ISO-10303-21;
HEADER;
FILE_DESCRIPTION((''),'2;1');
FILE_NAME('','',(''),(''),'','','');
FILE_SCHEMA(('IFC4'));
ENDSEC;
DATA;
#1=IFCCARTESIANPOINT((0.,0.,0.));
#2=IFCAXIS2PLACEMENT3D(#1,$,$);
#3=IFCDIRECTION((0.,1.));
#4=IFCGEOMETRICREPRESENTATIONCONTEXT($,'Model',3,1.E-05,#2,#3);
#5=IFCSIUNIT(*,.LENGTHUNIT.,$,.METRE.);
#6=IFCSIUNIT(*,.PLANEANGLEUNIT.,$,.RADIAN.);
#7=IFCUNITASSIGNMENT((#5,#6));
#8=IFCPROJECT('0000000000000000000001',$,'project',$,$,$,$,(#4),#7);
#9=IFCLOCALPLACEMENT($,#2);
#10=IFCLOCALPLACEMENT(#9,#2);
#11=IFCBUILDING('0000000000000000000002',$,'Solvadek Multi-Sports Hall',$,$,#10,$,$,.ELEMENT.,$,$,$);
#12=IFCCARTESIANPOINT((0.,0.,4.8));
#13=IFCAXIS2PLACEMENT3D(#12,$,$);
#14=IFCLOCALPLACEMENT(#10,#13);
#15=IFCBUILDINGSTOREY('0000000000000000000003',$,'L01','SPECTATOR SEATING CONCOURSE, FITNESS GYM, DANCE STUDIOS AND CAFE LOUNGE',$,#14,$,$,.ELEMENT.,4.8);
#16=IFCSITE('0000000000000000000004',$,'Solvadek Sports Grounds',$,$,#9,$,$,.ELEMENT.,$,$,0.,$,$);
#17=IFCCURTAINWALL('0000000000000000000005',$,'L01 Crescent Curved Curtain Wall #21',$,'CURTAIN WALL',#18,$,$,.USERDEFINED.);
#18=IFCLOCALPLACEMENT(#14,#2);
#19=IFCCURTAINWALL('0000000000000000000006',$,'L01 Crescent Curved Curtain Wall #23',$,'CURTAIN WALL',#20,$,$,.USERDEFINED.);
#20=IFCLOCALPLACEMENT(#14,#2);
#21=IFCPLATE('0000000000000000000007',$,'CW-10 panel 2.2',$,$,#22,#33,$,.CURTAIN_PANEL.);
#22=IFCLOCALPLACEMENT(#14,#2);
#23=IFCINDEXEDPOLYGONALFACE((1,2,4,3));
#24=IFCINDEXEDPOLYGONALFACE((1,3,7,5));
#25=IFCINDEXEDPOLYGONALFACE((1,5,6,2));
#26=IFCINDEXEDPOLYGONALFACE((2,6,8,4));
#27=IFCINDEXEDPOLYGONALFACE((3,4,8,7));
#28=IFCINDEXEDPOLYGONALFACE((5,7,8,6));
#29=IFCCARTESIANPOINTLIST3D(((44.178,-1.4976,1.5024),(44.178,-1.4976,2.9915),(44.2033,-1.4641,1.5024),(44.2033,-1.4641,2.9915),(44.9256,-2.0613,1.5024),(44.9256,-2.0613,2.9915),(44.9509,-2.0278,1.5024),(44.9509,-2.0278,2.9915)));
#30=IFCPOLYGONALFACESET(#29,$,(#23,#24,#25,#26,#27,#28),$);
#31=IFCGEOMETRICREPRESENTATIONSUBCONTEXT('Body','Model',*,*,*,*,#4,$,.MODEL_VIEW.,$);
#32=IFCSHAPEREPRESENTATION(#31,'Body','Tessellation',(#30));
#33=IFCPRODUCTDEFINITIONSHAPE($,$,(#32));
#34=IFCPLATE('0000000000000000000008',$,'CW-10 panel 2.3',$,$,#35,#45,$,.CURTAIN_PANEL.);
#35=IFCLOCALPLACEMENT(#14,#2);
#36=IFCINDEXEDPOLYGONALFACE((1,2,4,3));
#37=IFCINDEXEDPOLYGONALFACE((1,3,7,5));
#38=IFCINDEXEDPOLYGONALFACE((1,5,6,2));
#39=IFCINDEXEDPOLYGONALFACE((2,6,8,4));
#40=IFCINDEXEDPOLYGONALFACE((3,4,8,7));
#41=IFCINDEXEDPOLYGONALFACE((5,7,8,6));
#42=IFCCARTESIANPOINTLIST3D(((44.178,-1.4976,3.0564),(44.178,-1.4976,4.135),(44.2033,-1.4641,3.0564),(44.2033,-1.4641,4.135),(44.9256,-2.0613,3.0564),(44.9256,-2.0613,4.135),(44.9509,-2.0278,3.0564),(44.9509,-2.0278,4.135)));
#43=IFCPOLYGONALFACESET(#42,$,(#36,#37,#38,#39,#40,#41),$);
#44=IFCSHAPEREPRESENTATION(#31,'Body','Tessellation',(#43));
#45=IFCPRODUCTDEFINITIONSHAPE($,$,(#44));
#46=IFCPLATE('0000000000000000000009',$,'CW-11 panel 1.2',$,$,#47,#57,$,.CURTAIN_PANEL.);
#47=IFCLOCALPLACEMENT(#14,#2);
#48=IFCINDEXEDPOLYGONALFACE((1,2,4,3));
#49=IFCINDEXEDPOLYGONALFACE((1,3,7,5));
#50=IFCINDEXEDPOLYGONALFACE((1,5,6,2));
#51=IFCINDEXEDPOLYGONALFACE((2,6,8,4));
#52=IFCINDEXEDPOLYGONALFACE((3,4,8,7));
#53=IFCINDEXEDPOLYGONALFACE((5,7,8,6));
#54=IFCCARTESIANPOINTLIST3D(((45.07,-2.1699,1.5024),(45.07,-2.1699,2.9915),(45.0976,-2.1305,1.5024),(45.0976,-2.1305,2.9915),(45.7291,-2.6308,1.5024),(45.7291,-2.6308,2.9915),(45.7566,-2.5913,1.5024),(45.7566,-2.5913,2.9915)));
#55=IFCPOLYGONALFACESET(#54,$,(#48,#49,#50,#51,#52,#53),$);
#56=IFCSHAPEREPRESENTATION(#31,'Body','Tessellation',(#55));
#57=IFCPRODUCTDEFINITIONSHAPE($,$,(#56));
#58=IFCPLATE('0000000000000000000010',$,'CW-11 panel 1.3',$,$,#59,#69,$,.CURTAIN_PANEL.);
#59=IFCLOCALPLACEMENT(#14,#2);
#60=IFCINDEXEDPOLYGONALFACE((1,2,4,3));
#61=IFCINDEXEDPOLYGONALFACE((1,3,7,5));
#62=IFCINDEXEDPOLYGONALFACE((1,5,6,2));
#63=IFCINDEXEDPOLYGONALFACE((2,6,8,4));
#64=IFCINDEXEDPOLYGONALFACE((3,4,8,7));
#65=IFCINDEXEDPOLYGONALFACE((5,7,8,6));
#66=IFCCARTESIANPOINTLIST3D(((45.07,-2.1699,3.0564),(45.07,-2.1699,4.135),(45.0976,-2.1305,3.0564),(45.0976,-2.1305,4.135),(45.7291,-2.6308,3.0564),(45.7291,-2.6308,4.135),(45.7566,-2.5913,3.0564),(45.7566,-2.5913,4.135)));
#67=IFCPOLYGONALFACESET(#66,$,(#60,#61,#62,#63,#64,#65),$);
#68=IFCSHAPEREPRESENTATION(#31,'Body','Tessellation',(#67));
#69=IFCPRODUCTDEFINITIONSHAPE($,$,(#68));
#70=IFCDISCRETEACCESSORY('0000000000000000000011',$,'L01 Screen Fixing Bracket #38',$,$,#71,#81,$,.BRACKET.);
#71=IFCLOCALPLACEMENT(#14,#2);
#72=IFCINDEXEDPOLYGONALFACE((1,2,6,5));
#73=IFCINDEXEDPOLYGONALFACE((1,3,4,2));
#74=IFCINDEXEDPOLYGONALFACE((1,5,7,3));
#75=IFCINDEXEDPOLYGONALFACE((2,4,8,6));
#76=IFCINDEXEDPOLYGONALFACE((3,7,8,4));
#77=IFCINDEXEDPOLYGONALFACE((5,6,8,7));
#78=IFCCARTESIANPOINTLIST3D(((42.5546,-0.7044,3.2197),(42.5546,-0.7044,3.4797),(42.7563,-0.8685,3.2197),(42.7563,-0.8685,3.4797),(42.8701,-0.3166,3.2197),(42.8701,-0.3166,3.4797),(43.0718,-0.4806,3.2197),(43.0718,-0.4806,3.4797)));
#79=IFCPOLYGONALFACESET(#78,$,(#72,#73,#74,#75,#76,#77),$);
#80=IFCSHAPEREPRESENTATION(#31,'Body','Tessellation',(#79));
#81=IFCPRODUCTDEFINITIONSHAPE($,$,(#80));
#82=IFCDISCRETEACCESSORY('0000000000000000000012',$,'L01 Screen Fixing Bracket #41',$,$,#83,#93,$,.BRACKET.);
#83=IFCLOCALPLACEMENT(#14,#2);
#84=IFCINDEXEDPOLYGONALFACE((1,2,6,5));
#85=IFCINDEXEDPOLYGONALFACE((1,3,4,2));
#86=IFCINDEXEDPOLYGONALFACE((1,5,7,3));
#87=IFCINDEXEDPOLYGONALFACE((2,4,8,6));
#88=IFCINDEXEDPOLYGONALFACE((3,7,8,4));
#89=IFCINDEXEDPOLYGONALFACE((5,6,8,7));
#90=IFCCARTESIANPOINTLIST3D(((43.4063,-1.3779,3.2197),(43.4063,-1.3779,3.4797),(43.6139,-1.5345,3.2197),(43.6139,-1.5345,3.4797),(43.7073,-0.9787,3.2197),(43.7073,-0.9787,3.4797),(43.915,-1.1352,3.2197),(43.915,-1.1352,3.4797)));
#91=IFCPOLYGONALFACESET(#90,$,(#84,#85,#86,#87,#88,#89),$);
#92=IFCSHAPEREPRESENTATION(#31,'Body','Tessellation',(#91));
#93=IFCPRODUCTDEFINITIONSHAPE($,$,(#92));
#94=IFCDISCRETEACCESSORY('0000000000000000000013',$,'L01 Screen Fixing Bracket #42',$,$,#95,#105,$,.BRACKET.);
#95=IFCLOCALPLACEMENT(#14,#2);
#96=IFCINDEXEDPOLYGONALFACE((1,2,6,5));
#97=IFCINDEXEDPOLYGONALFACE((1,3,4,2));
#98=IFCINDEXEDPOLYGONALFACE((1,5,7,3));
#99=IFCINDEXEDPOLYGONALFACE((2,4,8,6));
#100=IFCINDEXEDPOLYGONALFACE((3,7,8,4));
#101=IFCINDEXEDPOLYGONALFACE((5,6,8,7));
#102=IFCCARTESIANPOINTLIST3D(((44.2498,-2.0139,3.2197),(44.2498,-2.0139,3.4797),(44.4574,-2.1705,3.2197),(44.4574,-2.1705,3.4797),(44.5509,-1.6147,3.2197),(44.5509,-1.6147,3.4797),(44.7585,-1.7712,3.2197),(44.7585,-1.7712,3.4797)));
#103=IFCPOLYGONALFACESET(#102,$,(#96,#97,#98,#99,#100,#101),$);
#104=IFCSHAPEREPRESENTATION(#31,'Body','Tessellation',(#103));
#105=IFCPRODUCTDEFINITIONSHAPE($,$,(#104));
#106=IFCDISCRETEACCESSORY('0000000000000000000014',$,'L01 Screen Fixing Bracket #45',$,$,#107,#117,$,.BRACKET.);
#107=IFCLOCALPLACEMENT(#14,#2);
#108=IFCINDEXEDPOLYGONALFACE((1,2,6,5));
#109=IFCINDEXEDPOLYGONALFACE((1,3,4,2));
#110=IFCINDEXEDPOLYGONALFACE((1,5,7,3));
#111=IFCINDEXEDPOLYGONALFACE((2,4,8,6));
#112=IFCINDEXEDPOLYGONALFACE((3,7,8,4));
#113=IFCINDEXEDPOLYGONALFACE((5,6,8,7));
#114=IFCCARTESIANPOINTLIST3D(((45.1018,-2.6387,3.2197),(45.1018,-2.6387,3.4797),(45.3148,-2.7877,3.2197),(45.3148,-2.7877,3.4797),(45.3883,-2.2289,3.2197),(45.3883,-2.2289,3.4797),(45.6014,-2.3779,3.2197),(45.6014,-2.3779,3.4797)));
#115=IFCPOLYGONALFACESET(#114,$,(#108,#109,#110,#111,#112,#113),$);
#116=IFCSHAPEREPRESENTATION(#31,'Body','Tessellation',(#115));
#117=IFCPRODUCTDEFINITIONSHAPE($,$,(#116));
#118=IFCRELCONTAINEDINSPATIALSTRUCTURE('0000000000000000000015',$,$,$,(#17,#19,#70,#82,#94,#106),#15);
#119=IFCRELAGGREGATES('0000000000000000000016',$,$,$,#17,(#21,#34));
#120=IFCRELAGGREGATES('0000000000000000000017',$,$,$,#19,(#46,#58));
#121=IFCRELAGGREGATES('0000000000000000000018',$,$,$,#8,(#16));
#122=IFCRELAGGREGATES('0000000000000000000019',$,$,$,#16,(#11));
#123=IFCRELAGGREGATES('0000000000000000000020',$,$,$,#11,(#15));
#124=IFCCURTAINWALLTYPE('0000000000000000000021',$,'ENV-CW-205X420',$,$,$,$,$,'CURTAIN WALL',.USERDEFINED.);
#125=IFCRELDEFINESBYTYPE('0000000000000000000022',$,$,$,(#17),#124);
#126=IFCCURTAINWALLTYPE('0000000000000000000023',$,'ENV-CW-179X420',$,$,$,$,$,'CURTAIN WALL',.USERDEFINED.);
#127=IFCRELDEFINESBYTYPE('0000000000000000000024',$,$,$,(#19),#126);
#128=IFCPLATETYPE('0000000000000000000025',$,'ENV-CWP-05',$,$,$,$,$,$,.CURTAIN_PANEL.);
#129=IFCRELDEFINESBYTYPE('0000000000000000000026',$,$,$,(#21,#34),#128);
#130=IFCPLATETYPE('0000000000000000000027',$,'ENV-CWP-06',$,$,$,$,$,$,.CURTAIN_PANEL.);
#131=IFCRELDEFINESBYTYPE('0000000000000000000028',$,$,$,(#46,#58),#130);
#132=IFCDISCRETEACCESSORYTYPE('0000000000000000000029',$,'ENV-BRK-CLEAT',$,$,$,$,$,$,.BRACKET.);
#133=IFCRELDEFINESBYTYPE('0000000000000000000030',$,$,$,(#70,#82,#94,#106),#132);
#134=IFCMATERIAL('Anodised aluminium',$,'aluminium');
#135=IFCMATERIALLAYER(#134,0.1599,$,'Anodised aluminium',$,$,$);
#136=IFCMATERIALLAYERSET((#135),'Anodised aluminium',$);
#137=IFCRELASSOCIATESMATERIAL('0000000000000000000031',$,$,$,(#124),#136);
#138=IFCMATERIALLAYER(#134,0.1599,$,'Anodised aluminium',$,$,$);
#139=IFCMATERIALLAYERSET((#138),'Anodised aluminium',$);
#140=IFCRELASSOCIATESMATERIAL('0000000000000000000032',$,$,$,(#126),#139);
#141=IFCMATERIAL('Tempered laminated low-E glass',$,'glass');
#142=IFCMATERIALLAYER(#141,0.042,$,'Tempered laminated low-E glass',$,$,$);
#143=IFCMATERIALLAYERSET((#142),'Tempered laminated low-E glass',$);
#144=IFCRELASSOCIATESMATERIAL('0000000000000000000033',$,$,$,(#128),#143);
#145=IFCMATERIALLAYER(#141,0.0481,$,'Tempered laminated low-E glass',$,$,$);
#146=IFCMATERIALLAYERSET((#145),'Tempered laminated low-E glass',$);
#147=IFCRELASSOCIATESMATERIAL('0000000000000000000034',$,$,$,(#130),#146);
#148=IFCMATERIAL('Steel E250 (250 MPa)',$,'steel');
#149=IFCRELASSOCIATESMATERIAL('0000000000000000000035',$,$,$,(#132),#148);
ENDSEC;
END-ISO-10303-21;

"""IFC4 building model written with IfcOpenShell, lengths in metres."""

from ifc_helpers import new_model, si_unit, direction, frame, origin, origin_2d, place, context, subcontext, project, spatial, rectangle, extrude, material, layer, layer_set, type_object, element, aggregate, save


model = new_model("IFC4")

# Units and contexts
model_context = context("Model", 3, precision=1e-05, world=origin(), true_north=direction((0.0, 1.0)))
body_context = subcontext(model_context, "Body", "Model", "MODEL_VIEW")
ifc_project = project(units=[si_unit("LENGTHUNIT", "METRE"), si_unit("PLANEANGLEUNIT", "RADIAN")], contexts=[model_context])

# Site, building, storey
site_placement = place(None, origin())
site = spatial("IfcSite", under=ifc_project, at=site_placement, Name="Solvadek Sports Grounds", CompositionType="ELEMENT", RefElevation=0.0)
building_placement = place(site_placement, origin())
building = spatial("IfcBuilding", under=site, at=building_placement, Name="Solvadek Multi-Sports Hall", CompositionType="ELEMENT")
storey_placement = place(building_placement, frame((0.0, 0.0, 4.8)))
storey = spatial("IfcBuildingStorey", under=building, at=storey_placement, Name="L01", Description="SPECTATOR SEATING CONCOURSE, FITNESS GYM, DANCE STUDIOS AND CAFE LOUNGE", CompositionType="ELEMENT", Elevation=4.8)

# Curtain walls
ifc_material_1 = material(Name="Anodised aluminium", Category="aluminium")
ifc_layer_1 = layer(ifc_material_1, 0.1599, Name="Anodised aluminium")
ifc_layer_set_1 = layer_set([ifc_layer_1], Name="Anodised aluminium")
curtain_wall_type_1 = type_object("IfcCurtainWallType", Name="ENV-CW-205X420", ElementType="CURTAIN WALL", PredefinedType="USERDEFINED", material=ifc_layer_set_1)
curtain_wall_1_placement = place(storey_placement, origin())
curtain_wall_1 = element("IfcCurtainWall", 1, at=curtain_wall_1_placement, inside=storey, type_object=curtain_wall_type_1, Name="L01 Crescent Curved Curtain Wall #21", ObjectType="CURTAIN WALL", PredefinedType="USERDEFINED")
ifc_layer_2 = layer(ifc_material_1, 0.1599, Name="Anodised aluminium")
ifc_layer_set_2 = layer_set([ifc_layer_2], Name="Anodised aluminium")
curtain_wall_type_2 = type_object("IfcCurtainWallType", Name="ENV-CW-179X420", ElementType="CURTAIN WALL", PredefinedType="USERDEFINED", material=ifc_layer_set_2)
curtain_wall_2_placement = place(storey_placement, origin())
curtain_wall_2 = element("IfcCurtainWall", 2, at=curtain_wall_2_placement, inside=storey, type_object=curtain_wall_type_2, Name="L01 Crescent Curved Curtain Wall #23", ObjectType="CURTAIN WALL", PredefinedType="USERDEFINED")

# Plates
ifc_material_2 = material(Name="Tempered laminated low-E glass", Category="glass")
ifc_layer_3 = layer(ifc_material_2, 0.042, Name="Tempered laminated low-E glass")
ifc_layer_set_3 = layer_set([ifc_layer_3], Name="Tempered laminated low-E glass")
plate_type_1 = type_object("IfcPlateType", Name="ENV-CWP-05", PredefinedType="CURTAIN_PANEL", material=ifc_layer_set_3)
plate_1_placement = place(storey_placement, frame((44.5645, -1.7627, 1.5024), z_axis=(0.0, 0.0, 1.0), x_axis=(0.798477, -0.602025, 0.0)))
plate_1 = element("IfcPlate", 3, at=plate_1_placement, type_object=plate_type_1, Name="CW-10 panel 2.2", PredefinedType="CURTAIN_PANEL", context=body_context, shape_type="SweptSolid", body=[
    extrude(rectangle(XDim=0.9363, YDim=0.042, at=origin_2d()), origin(), (0.0, 0.0, 1.0), 1.489),
])
plate_2_placement = place(storey_placement, frame((44.5645, -1.7627, 3.0564), z_axis=(0.0, 0.0, 1.0), x_axis=(0.798477, -0.602025, 0.0)))
plate_2 = element("IfcPlate", 4, at=plate_2_placement, type_object=plate_type_1, Name="CW-10 panel 2.3", PredefinedType="CURTAIN_PANEL", context=body_context, shape_type="SweptSolid", body=[
    extrude(rectangle(XDim=0.9363, YDim=0.042, at=origin_2d()), origin(), (0.0, 0.0, 1.0), 1.0786),
])
aggregate(curtain_wall_1, [plate_1, plate_2])
ifc_layer_4 = layer(ifc_material_2, 0.0481, Name="Tempered laminated low-E glass")
ifc_layer_set_4 = layer_set([ifc_layer_4], Name="Tempered laminated low-E glass")
plate_type_2 = type_object("IfcPlateType", Name="ENV-CWP-06", PredefinedType="CURTAIN_PANEL", material=ifc_layer_set_4)
plate_3_placement = place(storey_placement, frame((45.4133, -2.3806, 1.5024), z_axis=(0.0, 0.0, 1.0), x_axis=(0.8195, -0.57308, 0.0)))
plate_3 = element("IfcPlate", 5, at=plate_3_placement, type_object=plate_type_2, Name="CW-11 panel 1.2", PredefinedType="CURTAIN_PANEL", context=body_context, shape_type="SweptSolid", body=[
    extrude(rectangle(XDim=0.8042, YDim=0.0481, at=origin_2d()), origin(), (0.0, 0.0, 1.0), 1.489),
])
plate_4_placement = place(storey_placement, frame((45.4133, -2.3806, 3.0564), z_axis=(0.0, 0.0, 1.0), x_axis=(0.8195, -0.57308, 0.0)))
plate_4 = element("IfcPlate", 6, at=plate_4_placement, type_object=plate_type_2, Name="CW-11 panel 1.3", PredefinedType="CURTAIN_PANEL", context=body_context, shape_type="SweptSolid", body=[
    extrude(rectangle(XDim=0.8042, YDim=0.0481, at=origin_2d()), origin(), (0.0, 0.0, 1.0), 1.0786),
])
aggregate(curtain_wall_2, [plate_3, plate_4])

# Discrete accessories
ifc_material_3 = material(Name="Steel E250 (250 MPa)", Category="steel")
discrete_accessory_type = type_object("IfcDiscreteAccessoryType", Name="ENV-BRK-CLEAT", PredefinedType="BRACKET", material=ifc_material_3)
for number, where, z_axis, x_axis, name in (
    (7, (42.8132, -0.5925, 3.2197), (0.0, 0.0, 1.0), (0.775755, -0.631034, 0.0), "L01 Screen Fixing Bracket #38"),
    (8, (43.6606, -1.2566, 3.2197), (0.0, 0.0, 1.0), (0.798475, -0.602028, 0.0), "L01 Screen Fixing Bracket #41"),
    (9, (44.5042, -1.8926, 3.2197), (0.0, 0.0, 1.0), (0.798475, -0.602028, 0.0), "L01 Screen Fixing Bracket #42"),
    (10, (45.3516, -2.5083, 3.2197), (0.0, 0.0, 1.0), (0.819513, -0.573061, 0.0), "L01 Screen Fixing Bracket #45"),
):
    element("IfcDiscreteAccessory", number, at=place(storey_placement, frame(where, z_axis=z_axis, x_axis=x_axis)), inside=storey, type_object=discrete_accessory_type, Name=name, PredefinedType="BRACKET", context=body_context, shape_type="SweptSolid", body=[
        extrude(rectangle(XDim=0.26, YDim=0.5, at=origin_2d()), origin(), (0.0, 0.0, 1.0), 0.26),
    ])

save(model, "model.ifc")
